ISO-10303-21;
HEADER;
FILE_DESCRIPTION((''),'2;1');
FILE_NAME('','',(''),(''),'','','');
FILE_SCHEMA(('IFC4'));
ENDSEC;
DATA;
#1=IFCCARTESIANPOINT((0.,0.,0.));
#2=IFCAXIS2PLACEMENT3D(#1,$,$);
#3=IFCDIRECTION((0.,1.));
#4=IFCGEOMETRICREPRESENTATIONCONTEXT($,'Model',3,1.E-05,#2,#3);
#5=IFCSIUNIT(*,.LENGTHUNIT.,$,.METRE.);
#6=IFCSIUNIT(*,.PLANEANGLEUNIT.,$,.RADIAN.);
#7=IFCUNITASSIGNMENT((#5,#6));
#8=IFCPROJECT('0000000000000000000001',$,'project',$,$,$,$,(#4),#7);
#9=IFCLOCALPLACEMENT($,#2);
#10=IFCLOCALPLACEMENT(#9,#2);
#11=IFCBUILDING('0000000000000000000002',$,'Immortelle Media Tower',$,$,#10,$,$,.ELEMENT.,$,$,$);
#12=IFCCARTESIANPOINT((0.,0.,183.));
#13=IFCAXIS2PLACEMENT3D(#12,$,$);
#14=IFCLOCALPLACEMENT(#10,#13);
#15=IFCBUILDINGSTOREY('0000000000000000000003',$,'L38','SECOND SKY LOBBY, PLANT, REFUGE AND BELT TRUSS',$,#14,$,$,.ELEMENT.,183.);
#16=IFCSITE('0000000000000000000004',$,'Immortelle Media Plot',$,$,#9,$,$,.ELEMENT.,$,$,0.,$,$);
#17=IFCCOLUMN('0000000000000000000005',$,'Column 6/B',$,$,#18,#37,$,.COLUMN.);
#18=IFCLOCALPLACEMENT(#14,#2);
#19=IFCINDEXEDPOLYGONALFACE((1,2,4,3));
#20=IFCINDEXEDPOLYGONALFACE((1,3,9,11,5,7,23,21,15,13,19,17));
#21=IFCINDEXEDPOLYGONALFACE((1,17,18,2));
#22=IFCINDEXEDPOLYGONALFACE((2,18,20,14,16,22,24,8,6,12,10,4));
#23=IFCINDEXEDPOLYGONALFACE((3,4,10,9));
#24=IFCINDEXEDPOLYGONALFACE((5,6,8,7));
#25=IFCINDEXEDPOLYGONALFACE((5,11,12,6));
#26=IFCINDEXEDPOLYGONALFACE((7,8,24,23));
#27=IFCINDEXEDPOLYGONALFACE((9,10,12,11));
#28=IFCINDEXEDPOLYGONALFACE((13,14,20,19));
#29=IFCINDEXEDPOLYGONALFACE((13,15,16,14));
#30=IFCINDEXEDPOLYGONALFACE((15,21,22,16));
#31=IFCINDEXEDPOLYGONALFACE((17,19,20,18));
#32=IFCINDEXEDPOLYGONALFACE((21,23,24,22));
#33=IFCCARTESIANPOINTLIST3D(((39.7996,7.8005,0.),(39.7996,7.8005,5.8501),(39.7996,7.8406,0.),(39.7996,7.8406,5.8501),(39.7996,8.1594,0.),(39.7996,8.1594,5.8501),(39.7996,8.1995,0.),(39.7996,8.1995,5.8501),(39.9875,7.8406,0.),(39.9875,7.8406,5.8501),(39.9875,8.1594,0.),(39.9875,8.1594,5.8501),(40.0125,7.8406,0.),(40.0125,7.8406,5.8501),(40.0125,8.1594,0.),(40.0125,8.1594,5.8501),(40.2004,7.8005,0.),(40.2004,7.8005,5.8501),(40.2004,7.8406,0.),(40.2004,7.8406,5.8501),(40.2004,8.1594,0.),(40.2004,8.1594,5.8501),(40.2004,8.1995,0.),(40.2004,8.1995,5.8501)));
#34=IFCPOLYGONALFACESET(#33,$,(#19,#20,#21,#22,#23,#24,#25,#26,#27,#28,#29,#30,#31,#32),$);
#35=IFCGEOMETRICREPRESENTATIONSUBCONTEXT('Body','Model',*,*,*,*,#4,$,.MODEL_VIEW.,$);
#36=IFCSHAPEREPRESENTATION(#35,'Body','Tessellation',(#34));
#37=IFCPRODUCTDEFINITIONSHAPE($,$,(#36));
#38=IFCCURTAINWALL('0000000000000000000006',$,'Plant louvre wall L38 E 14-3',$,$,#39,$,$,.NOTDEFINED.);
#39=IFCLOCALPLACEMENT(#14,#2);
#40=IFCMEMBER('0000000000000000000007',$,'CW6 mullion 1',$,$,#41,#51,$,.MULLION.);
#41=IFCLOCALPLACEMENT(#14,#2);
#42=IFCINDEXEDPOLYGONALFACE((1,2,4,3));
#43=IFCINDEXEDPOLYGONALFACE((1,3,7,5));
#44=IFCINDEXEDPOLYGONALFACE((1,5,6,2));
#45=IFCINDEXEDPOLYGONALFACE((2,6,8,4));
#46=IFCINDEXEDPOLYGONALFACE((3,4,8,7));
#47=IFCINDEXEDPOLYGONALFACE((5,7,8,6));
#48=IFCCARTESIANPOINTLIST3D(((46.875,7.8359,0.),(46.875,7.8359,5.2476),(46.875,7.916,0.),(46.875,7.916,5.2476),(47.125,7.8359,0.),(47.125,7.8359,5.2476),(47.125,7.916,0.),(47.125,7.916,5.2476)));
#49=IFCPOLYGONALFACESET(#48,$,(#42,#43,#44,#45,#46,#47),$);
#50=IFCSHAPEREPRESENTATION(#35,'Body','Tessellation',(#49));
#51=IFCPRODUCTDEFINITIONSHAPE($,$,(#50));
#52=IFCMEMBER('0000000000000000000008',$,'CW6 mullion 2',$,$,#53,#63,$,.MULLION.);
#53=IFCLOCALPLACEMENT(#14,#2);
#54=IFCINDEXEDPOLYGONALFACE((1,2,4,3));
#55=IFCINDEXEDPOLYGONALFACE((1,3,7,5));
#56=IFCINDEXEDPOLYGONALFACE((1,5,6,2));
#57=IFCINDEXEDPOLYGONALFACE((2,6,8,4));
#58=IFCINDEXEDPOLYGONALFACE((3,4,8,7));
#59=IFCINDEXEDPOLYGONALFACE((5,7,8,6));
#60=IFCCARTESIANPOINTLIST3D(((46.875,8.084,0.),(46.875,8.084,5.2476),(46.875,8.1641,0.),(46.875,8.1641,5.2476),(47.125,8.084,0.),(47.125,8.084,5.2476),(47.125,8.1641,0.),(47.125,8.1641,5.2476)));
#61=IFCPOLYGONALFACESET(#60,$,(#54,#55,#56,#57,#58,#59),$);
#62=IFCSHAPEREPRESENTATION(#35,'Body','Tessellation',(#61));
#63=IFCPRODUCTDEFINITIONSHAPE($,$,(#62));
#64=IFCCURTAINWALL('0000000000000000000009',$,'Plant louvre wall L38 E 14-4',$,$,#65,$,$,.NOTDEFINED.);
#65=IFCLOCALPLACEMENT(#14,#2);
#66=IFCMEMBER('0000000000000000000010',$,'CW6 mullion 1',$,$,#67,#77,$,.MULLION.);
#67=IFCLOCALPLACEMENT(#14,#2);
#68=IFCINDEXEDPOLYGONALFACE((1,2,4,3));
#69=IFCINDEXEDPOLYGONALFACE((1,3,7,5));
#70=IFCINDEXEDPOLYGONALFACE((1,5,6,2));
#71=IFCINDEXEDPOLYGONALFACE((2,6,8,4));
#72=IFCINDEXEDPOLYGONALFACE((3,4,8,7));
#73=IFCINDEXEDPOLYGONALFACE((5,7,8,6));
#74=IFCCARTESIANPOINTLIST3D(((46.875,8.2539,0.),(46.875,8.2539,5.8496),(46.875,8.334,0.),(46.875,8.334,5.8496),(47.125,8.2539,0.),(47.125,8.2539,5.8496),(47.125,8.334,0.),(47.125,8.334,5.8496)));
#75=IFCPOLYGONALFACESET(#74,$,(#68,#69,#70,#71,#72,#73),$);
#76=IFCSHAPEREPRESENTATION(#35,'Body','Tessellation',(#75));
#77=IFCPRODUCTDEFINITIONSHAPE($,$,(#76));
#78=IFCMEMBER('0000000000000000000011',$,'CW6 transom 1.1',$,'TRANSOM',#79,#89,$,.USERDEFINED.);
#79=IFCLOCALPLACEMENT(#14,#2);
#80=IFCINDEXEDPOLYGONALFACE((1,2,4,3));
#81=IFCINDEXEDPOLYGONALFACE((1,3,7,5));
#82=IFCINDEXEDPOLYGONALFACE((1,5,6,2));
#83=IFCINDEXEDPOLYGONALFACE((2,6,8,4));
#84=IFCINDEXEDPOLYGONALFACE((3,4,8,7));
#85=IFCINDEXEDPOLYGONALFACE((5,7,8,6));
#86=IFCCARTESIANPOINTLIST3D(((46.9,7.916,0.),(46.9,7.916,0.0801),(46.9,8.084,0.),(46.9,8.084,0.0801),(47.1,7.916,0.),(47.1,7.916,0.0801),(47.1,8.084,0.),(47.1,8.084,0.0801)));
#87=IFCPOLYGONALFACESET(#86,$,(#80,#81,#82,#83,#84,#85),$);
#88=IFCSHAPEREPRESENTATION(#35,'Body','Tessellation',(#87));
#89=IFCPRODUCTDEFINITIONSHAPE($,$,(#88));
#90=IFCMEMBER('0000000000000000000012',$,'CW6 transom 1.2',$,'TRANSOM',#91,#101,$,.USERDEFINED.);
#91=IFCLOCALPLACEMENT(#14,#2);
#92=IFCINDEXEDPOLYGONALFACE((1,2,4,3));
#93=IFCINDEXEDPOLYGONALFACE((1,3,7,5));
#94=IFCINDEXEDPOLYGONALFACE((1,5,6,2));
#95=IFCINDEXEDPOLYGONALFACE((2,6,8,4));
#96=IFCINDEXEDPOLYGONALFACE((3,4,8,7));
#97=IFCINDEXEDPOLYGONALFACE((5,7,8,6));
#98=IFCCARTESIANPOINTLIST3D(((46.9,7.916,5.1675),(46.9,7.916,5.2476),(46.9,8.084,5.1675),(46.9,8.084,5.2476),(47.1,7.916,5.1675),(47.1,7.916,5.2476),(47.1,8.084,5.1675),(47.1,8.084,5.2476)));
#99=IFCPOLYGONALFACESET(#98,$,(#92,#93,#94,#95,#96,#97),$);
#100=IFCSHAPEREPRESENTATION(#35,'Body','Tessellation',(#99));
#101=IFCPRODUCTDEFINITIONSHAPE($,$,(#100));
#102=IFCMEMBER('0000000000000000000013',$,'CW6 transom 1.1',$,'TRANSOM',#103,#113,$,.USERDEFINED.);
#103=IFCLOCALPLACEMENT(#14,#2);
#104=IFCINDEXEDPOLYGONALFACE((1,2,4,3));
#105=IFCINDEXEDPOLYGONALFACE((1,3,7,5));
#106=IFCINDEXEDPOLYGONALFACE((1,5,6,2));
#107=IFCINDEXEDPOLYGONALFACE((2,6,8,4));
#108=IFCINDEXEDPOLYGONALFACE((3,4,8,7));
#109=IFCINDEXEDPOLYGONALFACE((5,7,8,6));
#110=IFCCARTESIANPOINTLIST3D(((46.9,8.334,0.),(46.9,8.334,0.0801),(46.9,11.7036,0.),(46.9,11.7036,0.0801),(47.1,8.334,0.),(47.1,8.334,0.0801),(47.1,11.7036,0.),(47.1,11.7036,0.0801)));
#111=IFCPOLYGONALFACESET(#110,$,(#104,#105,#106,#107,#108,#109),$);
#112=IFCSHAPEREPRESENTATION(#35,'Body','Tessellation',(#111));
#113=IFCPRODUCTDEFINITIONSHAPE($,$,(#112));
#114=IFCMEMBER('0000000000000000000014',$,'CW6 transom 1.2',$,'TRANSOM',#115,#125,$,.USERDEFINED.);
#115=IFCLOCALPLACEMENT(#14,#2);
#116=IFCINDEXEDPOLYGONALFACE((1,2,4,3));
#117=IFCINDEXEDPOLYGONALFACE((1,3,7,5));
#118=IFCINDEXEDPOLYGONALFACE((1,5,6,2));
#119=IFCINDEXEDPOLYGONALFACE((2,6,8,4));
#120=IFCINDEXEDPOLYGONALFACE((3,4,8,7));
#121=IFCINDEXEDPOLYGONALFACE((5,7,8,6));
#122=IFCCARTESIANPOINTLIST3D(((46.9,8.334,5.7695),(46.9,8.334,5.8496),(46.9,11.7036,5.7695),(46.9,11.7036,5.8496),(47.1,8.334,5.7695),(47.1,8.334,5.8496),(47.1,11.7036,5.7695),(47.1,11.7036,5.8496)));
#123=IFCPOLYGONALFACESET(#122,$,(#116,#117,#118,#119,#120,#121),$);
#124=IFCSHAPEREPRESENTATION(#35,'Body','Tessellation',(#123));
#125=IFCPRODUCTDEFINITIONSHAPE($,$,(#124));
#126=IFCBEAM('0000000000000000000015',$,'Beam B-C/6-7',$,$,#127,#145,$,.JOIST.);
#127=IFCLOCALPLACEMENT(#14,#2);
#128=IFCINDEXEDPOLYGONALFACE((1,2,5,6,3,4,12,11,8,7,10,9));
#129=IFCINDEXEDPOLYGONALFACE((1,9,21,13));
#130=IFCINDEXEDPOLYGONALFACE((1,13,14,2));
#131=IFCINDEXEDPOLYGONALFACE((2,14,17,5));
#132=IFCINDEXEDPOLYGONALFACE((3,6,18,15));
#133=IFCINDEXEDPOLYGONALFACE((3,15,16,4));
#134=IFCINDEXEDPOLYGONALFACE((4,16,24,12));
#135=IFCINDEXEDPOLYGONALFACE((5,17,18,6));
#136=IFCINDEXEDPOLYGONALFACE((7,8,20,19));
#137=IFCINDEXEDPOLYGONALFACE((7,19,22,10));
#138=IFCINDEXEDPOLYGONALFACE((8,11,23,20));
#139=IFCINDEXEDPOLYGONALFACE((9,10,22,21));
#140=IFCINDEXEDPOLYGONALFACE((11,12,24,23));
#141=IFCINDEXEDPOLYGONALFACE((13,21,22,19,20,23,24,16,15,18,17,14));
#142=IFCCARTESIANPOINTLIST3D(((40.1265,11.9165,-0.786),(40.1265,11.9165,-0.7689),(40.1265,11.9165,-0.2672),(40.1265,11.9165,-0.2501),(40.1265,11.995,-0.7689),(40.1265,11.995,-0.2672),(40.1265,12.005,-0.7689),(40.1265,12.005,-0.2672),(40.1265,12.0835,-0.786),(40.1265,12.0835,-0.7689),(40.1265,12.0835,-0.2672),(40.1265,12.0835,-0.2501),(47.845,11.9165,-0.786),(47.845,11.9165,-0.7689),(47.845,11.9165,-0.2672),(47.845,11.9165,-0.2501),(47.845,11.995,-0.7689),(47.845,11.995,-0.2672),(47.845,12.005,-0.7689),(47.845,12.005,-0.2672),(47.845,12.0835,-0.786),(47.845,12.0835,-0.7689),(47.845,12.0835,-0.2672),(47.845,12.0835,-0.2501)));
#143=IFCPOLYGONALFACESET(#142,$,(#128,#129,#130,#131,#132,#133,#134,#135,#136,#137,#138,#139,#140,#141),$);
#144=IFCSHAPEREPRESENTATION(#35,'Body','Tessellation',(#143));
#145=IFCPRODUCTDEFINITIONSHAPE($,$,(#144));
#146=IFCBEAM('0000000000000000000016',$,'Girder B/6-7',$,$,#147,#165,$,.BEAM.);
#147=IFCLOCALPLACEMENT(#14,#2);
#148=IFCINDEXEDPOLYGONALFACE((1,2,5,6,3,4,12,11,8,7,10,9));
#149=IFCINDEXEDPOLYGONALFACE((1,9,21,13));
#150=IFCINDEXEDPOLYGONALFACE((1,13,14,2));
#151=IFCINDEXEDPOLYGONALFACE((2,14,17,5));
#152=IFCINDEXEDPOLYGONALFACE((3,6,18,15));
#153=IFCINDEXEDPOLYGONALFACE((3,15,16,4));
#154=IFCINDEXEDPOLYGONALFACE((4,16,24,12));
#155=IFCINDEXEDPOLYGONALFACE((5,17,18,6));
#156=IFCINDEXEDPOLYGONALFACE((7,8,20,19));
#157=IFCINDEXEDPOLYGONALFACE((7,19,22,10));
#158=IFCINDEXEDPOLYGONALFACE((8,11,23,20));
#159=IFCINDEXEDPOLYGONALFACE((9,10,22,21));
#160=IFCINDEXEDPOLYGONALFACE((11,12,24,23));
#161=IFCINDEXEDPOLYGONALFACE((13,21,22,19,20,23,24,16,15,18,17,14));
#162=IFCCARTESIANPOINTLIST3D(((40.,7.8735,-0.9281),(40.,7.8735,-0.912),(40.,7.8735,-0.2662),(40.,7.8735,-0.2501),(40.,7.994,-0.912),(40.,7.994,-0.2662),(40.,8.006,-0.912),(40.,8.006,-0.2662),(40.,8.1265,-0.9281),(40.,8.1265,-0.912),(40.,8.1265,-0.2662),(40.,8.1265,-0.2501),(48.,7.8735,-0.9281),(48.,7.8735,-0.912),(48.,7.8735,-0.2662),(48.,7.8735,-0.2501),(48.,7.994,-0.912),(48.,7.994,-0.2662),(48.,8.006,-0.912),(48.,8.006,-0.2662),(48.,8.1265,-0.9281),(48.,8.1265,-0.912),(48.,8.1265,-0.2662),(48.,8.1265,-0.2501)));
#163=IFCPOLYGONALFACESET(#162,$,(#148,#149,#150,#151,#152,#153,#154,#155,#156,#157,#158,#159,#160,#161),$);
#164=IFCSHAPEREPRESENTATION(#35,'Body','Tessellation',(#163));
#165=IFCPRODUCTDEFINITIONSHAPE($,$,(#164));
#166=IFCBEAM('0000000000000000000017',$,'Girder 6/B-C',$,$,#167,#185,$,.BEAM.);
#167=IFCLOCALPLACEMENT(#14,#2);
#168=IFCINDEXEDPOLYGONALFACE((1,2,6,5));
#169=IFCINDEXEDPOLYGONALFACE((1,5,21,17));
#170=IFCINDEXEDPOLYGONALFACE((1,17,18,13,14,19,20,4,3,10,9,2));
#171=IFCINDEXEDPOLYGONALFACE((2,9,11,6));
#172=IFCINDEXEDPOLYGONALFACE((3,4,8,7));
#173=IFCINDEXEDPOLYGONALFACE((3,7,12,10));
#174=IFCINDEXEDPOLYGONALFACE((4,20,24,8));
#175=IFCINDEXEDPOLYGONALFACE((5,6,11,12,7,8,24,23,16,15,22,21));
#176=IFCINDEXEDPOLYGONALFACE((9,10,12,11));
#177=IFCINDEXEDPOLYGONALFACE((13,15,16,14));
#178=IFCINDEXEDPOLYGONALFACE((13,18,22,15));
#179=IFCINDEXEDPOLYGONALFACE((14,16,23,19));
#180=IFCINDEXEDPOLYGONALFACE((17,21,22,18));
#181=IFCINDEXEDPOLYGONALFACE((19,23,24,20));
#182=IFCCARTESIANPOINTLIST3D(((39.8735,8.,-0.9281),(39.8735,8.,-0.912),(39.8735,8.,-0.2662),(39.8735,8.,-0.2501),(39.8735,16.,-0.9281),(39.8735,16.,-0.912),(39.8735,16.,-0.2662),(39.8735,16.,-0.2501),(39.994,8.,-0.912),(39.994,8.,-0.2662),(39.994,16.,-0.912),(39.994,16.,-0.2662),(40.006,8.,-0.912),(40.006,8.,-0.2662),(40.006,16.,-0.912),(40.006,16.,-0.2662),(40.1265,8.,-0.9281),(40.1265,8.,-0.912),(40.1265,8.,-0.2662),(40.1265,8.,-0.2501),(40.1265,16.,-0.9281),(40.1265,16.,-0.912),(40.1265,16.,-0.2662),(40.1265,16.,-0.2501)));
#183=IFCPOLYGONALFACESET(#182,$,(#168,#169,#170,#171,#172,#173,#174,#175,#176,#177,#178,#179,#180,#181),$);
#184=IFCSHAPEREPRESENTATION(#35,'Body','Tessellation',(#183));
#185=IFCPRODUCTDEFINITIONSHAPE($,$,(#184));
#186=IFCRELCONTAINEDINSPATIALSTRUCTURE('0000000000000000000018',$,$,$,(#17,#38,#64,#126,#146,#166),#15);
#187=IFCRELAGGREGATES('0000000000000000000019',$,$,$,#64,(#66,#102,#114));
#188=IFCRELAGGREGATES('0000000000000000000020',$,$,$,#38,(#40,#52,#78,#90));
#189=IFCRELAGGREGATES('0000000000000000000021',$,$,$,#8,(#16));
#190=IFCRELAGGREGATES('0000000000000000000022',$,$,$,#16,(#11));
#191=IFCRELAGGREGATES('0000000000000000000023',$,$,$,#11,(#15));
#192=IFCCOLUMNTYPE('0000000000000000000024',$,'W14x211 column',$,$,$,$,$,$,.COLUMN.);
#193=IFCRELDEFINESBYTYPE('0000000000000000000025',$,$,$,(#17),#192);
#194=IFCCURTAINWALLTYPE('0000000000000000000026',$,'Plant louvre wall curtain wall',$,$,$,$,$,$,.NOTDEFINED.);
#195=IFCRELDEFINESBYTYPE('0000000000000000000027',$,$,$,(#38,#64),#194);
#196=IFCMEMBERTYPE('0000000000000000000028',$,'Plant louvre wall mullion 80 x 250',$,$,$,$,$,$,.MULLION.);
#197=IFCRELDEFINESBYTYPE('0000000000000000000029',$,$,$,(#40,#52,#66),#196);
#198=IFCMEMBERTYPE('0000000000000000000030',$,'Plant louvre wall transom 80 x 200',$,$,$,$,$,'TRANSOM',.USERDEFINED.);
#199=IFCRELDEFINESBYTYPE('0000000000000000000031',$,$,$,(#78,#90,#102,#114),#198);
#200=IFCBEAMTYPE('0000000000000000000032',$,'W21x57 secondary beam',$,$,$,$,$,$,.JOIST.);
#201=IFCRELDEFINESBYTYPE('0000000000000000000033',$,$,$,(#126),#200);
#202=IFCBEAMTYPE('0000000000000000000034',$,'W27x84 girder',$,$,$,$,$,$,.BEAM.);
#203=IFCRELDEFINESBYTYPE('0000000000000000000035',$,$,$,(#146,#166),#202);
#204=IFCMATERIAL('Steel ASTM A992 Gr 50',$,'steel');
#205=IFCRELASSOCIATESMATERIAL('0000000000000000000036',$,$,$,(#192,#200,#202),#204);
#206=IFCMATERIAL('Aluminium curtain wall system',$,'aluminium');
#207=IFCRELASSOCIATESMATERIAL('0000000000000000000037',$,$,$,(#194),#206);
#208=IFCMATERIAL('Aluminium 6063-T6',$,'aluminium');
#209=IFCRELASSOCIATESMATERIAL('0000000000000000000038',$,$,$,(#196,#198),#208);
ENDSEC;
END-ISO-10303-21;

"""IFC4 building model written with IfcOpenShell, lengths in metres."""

from ifc_helpers import new_model, si_unit, direction, frame, origin, origin_2d, place, context, subcontext, project, spatial, rectangle, i_section, extrude, material, material_profile, profile_set, type_object, element, aggregate, save


model = new_model("IFC4")

# Units and contexts
model_context = context("Model", 3, precision=1e-05, world=origin(), true_north=direction((0.0, 1.0)))
body_context = subcontext(model_context, "Body", "Model", "MODEL_VIEW")
ifc_project = project(units=[si_unit("LENGTHUNIT", "METRE"), si_unit("PLANEANGLEUNIT", "RADIAN")], contexts=[model_context])

# Site, building, storey
site_placement = place(None, origin())
site = spatial("IfcSite", under=ifc_project, at=site_placement, Name="Immortelle Media Plot", CompositionType="ELEMENT", RefElevation=0.0)
building_placement = place(site_placement, origin())
building = spatial("IfcBuilding", under=site, at=building_placement, Name="Immortelle Media Tower", CompositionType="ELEMENT")
storey_placement = place(building_placement, frame((0.0, 0.0, 183.0)))
storey = spatial("IfcBuildingStorey", under=building, at=storey_placement, Name="L38", Description="SECOND SKY LOBBY, PLANT, REFUGE AND BELT TRUSS", CompositionType="ELEMENT", Elevation=183.0)

# Column
ifc_material_1 = material(Name="Steel ASTM A992 Gr 50", Category="steel")
ifc_material_profile_1 = material_profile(ifc_material_1, i_section(OverallWidth=0.4009, OverallDepth=0.3989, WebThickness=0.0249, FlangeThickness=0.04, at=origin_2d()), Name="W14x211")
ifc_profile_set_1 = profile_set([ifc_material_profile_1], Name="Steel ASTM A992 Gr 50")
column_type = type_object("IfcColumnType", Name="W14x211 column", PredefinedType="COLUMN", material=ifc_profile_set_1)
column_placement = place(storey_placement, frame((40.0, 8.0, 0.0), z_axis=(0.0, 0.0, 1.0), x_axis=(1.0, 0.0, 0.0)))
element("IfcColumn", 1, at=column_placement, inside=storey, type_object=column_type, Name="Column 6/B", PredefinedType="COLUMN", context=body_context, shape_type="SweptSolid", body=[
    extrude(i_section(OverallWidth=0.4009, OverallDepth=0.3989, WebThickness=0.0249, FlangeThickness=0.04, at=origin_2d()), origin(), (0.0, 0.0, 1.0), 5.8501),
])

# Curtain wall, members
ifc_material_2 = material(Name="Aluminium curtain wall system", Category="aluminium")
curtain_wall_type = type_object("IfcCurtainWallType", Name="Plant louvre wall curtain wall", PredefinedType="NOTDEFINED", material=ifc_material_2)
curtain_wall_1_placement = place(storey_placement, origin())
curtain_wall_1 = element("IfcCurtainWall", 2, at=curtain_wall_1_placement, inside=storey, type_object=curtain_wall_type, Name="Plant louvre wall L38 E 14-3", PredefinedType="NOTDEFINED")
ifc_material_3 = material(Name="Aluminium 6063-T6", Category="aluminium")
ifc_material_profile_2 = material_profile(ifc_material_3, rectangle(XDim=0.25, YDim=0.0801, at=origin_2d()), Name="AL 80x250")
ifc_profile_set_2 = profile_set([ifc_material_profile_2], Name="Aluminium 6063-T6")
member_type_1 = type_object("IfcMemberType", Name="Plant louvre wall mullion 80 x 250", PredefinedType="MULLION", material=ifc_profile_set_2)
member_1_placement = place(storey_placement, frame((47.0, 7.876, 0.0), z_axis=(0.0, 0.0, 1.0), x_axis=(-1.0, 0.0, 0.0)))
member_1 = element("IfcMember", 3, at=member_1_placement, type_object=member_type_1, Name="CW6 mullion 1", PredefinedType="MULLION", context=body_context, shape_type="SweptSolid", body=[
    extrude(rectangle(XDim=0.25, YDim=0.0801, at=origin_2d()), origin(), (0.0, 0.0, 1.0), 5.2476),
])
member_2_placement = place(storey_placement, frame((47.0, 8.124, 0.0), z_axis=(0.0, 0.0, 1.0), x_axis=(-1.0, 0.0, 0.0)))
member_2 = element("IfcMember", 4, at=member_2_placement, type_object=member_type_1, Name="CW6 mullion 2", PredefinedType="MULLION", context=body_context, shape_type="SweptSolid", body=[
    extrude(rectangle(XDim=0.25, YDim=0.0801, at=origin_2d()), origin(), (0.0, 0.0, 1.0), 5.2476),
])

# Curtain wall, member
curtain_wall_2_placement = place(storey_placement, origin())
curtain_wall_2 = element("IfcCurtainWall", 5, at=curtain_wall_2_placement, inside=storey, type_object=curtain_wall_type, Name="Plant louvre wall L38 E 14-4", PredefinedType="NOTDEFINED")
member_3_placement = place(storey_placement, frame((47.0, 8.2939, 0.0), z_axis=(0.0, 0.0, 1.0), x_axis=(-1.0, 0.0, 0.0)))
member_3 = element("IfcMember", 6, at=member_3_placement, type_object=member_type_1, Name="CW6 mullion 1", PredefinedType="MULLION", context=body_context, shape_type="SweptSolid", body=[
    extrude(rectangle(XDim=0.25, YDim=0.0801, at=origin_2d()), origin(), (0.0, 0.0, 1.0), 5.8496),
])

# Members
ifc_material_profile_3 = material_profile(ifc_material_3, rectangle(XDim=0.2, YDim=0.0801, at=origin_2d()), Name="AL 80x200")
ifc_profile_set_3 = profile_set([ifc_material_profile_3], Name="Aluminium 6063-T6")
member_type_2 = type_object("IfcMemberType", Name="Plant louvre wall transom 80 x 200", ElementType="TRANSOM", PredefinedType="USERDEFINED", material=ifc_profile_set_3)
member_4_placement = place(storey_placement, frame((47.0, 7.916, 0.04), z_axis=(0.0, 1.0, 0.0), x_axis=(-1.0, 0.0, 0.0)))
member_4 = element("IfcMember", 7, at=member_4_placement, type_object=member_type_2, Name="CW6 transom 1.1", ObjectType="TRANSOM", PredefinedType="USERDEFINED", context=body_context, shape_type="SweptSolid", body=[
    extrude(rectangle(XDim=0.2, YDim=0.0801, at=origin_2d()), origin(), (0.0, 0.0, 1.0), 0.168),
])
member_5_placement = place(storey_placement, frame((47.0, 7.916, 5.2075), z_axis=(0.0, 1.0, 0.0), x_axis=(-1.0, 0.0, 0.0)))
member_5 = element("IfcMember", 8, at=member_5_placement, type_object=member_type_2, Name="CW6 transom 1.2", ObjectType="TRANSOM", PredefinedType="USERDEFINED", context=body_context, shape_type="SweptSolid", body=[
    extrude(rectangle(XDim=0.2, YDim=0.0801, at=origin_2d()), origin(), (0.0, 0.0, 1.0), 0.168),
])
member_6_placement = place(storey_placement, frame((47.0, 8.334, 0.04), z_axis=(0.0, 1.0, 0.0), x_axis=(-1.0, 0.0, 0.0)))
member_6 = element("IfcMember", 9, at=member_6_placement, type_object=member_type_2, Name="CW6 transom 1.1", ObjectType="TRANSOM", PredefinedType="USERDEFINED", context=body_context, shape_type="SweptSolid", body=[
    extrude(rectangle(XDim=0.2, YDim=0.0801, at=origin_2d()), origin(), (0.0, 0.0, 1.0), 3.3696),
])
member_7_placement = place(storey_placement, frame((47.0, 8.334, 5.8096), z_axis=(0.0, 1.0, 0.0), x_axis=(-1.0, 0.0, 0.0)))
member_7 = element("IfcMember", 10, at=member_7_placement, type_object=member_type_2, Name="CW6 transom 1.2", ObjectType="TRANSOM", PredefinedType="USERDEFINED", context=body_context, shape_type="SweptSolid", body=[
    extrude(rectangle(XDim=0.2, YDim=0.0801, at=origin_2d()), origin(), (0.0, 0.0, 1.0), 3.3696),
])
aggregate(curtain_wall_2, [member_3, member_6, member_7])

# Beams
ifc_material_profile_4 = material_profile(ifc_material_1, i_section(OverallWidth=0.167, OverallDepth=0.5359, WebThickness=0.01, FlangeThickness=0.0171, at=origin_2d()), Name="W21x57")
ifc_profile_set_4 = profile_set([ifc_material_profile_4], Name="Steel ASTM A992 Gr 50")
beam_type_1 = type_object("IfcBeamType", Name="W21x57 secondary beam", PredefinedType="JOIST", material=ifc_profile_set_4)
beam_placement = place(storey_placement, frame((40.1265, 12.0, -0.5181), z_axis=(1.0, 0.0, 0.0), x_axis=(0.0, 1.0, 0.0)))
element("IfcBeam", 11, at=beam_placement, inside=storey, type_object=beam_type_1, Name="Beam B-C/6-7", PredefinedType="JOIST", context=body_context, shape_type="SweptSolid", body=[
    extrude(i_section(OverallWidth=0.167, OverallDepth=0.5359, WebThickness=0.01, FlangeThickness=0.0171, at=origin_2d()), origin(), (0.0, 0.0, 1.0), 7.7185),
])
ifc_material_profile_5 = material_profile(ifc_material_1, i_section(OverallWidth=0.2529, OverallDepth=0.678, WebThickness=0.012, FlangeThickness=0.0161, at=origin_2d()), Name="W27x84")
ifc_profile_set_5 = profile_set([ifc_material_profile_5], Name="Steel ASTM A992 Gr 50")
beam_type_2 = type_object("IfcBeamType", Name="W27x84 girder", PredefinedType="BEAM", material=ifc_profile_set_5)
for number, where, z_axis, x_axis, name in (
    (12, (40.0, 8.0, -0.5891), (1.0, 0.0, 0.0), (0.0, 1.0, 0.0), "Girder B/6-7"),
    (13, (40.0, 8.0, -0.5891), (0.0, 1.0, 0.0), (-1.0, 0.0, 0.0), "Girder 6/B-C"),
):
    element("IfcBeam", number, at=place(storey_placement, frame(where, z_axis=z_axis, x_axis=x_axis)), inside=storey, type_object=beam_type_2, Name=name, PredefinedType="BEAM", context=body_context, shape_type="SweptSolid", body=[
        extrude(i_section(OverallWidth=0.2529, OverallDepth=0.678, WebThickness=0.012, FlangeThickness=0.0161, at=origin_2d()), origin(), (0.0, 0.0, 1.0), 8.0),
    ])

aggregate(curtain_wall_1, [member_1, member_2, member_4, member_5])

save(model, "model.ifc")
